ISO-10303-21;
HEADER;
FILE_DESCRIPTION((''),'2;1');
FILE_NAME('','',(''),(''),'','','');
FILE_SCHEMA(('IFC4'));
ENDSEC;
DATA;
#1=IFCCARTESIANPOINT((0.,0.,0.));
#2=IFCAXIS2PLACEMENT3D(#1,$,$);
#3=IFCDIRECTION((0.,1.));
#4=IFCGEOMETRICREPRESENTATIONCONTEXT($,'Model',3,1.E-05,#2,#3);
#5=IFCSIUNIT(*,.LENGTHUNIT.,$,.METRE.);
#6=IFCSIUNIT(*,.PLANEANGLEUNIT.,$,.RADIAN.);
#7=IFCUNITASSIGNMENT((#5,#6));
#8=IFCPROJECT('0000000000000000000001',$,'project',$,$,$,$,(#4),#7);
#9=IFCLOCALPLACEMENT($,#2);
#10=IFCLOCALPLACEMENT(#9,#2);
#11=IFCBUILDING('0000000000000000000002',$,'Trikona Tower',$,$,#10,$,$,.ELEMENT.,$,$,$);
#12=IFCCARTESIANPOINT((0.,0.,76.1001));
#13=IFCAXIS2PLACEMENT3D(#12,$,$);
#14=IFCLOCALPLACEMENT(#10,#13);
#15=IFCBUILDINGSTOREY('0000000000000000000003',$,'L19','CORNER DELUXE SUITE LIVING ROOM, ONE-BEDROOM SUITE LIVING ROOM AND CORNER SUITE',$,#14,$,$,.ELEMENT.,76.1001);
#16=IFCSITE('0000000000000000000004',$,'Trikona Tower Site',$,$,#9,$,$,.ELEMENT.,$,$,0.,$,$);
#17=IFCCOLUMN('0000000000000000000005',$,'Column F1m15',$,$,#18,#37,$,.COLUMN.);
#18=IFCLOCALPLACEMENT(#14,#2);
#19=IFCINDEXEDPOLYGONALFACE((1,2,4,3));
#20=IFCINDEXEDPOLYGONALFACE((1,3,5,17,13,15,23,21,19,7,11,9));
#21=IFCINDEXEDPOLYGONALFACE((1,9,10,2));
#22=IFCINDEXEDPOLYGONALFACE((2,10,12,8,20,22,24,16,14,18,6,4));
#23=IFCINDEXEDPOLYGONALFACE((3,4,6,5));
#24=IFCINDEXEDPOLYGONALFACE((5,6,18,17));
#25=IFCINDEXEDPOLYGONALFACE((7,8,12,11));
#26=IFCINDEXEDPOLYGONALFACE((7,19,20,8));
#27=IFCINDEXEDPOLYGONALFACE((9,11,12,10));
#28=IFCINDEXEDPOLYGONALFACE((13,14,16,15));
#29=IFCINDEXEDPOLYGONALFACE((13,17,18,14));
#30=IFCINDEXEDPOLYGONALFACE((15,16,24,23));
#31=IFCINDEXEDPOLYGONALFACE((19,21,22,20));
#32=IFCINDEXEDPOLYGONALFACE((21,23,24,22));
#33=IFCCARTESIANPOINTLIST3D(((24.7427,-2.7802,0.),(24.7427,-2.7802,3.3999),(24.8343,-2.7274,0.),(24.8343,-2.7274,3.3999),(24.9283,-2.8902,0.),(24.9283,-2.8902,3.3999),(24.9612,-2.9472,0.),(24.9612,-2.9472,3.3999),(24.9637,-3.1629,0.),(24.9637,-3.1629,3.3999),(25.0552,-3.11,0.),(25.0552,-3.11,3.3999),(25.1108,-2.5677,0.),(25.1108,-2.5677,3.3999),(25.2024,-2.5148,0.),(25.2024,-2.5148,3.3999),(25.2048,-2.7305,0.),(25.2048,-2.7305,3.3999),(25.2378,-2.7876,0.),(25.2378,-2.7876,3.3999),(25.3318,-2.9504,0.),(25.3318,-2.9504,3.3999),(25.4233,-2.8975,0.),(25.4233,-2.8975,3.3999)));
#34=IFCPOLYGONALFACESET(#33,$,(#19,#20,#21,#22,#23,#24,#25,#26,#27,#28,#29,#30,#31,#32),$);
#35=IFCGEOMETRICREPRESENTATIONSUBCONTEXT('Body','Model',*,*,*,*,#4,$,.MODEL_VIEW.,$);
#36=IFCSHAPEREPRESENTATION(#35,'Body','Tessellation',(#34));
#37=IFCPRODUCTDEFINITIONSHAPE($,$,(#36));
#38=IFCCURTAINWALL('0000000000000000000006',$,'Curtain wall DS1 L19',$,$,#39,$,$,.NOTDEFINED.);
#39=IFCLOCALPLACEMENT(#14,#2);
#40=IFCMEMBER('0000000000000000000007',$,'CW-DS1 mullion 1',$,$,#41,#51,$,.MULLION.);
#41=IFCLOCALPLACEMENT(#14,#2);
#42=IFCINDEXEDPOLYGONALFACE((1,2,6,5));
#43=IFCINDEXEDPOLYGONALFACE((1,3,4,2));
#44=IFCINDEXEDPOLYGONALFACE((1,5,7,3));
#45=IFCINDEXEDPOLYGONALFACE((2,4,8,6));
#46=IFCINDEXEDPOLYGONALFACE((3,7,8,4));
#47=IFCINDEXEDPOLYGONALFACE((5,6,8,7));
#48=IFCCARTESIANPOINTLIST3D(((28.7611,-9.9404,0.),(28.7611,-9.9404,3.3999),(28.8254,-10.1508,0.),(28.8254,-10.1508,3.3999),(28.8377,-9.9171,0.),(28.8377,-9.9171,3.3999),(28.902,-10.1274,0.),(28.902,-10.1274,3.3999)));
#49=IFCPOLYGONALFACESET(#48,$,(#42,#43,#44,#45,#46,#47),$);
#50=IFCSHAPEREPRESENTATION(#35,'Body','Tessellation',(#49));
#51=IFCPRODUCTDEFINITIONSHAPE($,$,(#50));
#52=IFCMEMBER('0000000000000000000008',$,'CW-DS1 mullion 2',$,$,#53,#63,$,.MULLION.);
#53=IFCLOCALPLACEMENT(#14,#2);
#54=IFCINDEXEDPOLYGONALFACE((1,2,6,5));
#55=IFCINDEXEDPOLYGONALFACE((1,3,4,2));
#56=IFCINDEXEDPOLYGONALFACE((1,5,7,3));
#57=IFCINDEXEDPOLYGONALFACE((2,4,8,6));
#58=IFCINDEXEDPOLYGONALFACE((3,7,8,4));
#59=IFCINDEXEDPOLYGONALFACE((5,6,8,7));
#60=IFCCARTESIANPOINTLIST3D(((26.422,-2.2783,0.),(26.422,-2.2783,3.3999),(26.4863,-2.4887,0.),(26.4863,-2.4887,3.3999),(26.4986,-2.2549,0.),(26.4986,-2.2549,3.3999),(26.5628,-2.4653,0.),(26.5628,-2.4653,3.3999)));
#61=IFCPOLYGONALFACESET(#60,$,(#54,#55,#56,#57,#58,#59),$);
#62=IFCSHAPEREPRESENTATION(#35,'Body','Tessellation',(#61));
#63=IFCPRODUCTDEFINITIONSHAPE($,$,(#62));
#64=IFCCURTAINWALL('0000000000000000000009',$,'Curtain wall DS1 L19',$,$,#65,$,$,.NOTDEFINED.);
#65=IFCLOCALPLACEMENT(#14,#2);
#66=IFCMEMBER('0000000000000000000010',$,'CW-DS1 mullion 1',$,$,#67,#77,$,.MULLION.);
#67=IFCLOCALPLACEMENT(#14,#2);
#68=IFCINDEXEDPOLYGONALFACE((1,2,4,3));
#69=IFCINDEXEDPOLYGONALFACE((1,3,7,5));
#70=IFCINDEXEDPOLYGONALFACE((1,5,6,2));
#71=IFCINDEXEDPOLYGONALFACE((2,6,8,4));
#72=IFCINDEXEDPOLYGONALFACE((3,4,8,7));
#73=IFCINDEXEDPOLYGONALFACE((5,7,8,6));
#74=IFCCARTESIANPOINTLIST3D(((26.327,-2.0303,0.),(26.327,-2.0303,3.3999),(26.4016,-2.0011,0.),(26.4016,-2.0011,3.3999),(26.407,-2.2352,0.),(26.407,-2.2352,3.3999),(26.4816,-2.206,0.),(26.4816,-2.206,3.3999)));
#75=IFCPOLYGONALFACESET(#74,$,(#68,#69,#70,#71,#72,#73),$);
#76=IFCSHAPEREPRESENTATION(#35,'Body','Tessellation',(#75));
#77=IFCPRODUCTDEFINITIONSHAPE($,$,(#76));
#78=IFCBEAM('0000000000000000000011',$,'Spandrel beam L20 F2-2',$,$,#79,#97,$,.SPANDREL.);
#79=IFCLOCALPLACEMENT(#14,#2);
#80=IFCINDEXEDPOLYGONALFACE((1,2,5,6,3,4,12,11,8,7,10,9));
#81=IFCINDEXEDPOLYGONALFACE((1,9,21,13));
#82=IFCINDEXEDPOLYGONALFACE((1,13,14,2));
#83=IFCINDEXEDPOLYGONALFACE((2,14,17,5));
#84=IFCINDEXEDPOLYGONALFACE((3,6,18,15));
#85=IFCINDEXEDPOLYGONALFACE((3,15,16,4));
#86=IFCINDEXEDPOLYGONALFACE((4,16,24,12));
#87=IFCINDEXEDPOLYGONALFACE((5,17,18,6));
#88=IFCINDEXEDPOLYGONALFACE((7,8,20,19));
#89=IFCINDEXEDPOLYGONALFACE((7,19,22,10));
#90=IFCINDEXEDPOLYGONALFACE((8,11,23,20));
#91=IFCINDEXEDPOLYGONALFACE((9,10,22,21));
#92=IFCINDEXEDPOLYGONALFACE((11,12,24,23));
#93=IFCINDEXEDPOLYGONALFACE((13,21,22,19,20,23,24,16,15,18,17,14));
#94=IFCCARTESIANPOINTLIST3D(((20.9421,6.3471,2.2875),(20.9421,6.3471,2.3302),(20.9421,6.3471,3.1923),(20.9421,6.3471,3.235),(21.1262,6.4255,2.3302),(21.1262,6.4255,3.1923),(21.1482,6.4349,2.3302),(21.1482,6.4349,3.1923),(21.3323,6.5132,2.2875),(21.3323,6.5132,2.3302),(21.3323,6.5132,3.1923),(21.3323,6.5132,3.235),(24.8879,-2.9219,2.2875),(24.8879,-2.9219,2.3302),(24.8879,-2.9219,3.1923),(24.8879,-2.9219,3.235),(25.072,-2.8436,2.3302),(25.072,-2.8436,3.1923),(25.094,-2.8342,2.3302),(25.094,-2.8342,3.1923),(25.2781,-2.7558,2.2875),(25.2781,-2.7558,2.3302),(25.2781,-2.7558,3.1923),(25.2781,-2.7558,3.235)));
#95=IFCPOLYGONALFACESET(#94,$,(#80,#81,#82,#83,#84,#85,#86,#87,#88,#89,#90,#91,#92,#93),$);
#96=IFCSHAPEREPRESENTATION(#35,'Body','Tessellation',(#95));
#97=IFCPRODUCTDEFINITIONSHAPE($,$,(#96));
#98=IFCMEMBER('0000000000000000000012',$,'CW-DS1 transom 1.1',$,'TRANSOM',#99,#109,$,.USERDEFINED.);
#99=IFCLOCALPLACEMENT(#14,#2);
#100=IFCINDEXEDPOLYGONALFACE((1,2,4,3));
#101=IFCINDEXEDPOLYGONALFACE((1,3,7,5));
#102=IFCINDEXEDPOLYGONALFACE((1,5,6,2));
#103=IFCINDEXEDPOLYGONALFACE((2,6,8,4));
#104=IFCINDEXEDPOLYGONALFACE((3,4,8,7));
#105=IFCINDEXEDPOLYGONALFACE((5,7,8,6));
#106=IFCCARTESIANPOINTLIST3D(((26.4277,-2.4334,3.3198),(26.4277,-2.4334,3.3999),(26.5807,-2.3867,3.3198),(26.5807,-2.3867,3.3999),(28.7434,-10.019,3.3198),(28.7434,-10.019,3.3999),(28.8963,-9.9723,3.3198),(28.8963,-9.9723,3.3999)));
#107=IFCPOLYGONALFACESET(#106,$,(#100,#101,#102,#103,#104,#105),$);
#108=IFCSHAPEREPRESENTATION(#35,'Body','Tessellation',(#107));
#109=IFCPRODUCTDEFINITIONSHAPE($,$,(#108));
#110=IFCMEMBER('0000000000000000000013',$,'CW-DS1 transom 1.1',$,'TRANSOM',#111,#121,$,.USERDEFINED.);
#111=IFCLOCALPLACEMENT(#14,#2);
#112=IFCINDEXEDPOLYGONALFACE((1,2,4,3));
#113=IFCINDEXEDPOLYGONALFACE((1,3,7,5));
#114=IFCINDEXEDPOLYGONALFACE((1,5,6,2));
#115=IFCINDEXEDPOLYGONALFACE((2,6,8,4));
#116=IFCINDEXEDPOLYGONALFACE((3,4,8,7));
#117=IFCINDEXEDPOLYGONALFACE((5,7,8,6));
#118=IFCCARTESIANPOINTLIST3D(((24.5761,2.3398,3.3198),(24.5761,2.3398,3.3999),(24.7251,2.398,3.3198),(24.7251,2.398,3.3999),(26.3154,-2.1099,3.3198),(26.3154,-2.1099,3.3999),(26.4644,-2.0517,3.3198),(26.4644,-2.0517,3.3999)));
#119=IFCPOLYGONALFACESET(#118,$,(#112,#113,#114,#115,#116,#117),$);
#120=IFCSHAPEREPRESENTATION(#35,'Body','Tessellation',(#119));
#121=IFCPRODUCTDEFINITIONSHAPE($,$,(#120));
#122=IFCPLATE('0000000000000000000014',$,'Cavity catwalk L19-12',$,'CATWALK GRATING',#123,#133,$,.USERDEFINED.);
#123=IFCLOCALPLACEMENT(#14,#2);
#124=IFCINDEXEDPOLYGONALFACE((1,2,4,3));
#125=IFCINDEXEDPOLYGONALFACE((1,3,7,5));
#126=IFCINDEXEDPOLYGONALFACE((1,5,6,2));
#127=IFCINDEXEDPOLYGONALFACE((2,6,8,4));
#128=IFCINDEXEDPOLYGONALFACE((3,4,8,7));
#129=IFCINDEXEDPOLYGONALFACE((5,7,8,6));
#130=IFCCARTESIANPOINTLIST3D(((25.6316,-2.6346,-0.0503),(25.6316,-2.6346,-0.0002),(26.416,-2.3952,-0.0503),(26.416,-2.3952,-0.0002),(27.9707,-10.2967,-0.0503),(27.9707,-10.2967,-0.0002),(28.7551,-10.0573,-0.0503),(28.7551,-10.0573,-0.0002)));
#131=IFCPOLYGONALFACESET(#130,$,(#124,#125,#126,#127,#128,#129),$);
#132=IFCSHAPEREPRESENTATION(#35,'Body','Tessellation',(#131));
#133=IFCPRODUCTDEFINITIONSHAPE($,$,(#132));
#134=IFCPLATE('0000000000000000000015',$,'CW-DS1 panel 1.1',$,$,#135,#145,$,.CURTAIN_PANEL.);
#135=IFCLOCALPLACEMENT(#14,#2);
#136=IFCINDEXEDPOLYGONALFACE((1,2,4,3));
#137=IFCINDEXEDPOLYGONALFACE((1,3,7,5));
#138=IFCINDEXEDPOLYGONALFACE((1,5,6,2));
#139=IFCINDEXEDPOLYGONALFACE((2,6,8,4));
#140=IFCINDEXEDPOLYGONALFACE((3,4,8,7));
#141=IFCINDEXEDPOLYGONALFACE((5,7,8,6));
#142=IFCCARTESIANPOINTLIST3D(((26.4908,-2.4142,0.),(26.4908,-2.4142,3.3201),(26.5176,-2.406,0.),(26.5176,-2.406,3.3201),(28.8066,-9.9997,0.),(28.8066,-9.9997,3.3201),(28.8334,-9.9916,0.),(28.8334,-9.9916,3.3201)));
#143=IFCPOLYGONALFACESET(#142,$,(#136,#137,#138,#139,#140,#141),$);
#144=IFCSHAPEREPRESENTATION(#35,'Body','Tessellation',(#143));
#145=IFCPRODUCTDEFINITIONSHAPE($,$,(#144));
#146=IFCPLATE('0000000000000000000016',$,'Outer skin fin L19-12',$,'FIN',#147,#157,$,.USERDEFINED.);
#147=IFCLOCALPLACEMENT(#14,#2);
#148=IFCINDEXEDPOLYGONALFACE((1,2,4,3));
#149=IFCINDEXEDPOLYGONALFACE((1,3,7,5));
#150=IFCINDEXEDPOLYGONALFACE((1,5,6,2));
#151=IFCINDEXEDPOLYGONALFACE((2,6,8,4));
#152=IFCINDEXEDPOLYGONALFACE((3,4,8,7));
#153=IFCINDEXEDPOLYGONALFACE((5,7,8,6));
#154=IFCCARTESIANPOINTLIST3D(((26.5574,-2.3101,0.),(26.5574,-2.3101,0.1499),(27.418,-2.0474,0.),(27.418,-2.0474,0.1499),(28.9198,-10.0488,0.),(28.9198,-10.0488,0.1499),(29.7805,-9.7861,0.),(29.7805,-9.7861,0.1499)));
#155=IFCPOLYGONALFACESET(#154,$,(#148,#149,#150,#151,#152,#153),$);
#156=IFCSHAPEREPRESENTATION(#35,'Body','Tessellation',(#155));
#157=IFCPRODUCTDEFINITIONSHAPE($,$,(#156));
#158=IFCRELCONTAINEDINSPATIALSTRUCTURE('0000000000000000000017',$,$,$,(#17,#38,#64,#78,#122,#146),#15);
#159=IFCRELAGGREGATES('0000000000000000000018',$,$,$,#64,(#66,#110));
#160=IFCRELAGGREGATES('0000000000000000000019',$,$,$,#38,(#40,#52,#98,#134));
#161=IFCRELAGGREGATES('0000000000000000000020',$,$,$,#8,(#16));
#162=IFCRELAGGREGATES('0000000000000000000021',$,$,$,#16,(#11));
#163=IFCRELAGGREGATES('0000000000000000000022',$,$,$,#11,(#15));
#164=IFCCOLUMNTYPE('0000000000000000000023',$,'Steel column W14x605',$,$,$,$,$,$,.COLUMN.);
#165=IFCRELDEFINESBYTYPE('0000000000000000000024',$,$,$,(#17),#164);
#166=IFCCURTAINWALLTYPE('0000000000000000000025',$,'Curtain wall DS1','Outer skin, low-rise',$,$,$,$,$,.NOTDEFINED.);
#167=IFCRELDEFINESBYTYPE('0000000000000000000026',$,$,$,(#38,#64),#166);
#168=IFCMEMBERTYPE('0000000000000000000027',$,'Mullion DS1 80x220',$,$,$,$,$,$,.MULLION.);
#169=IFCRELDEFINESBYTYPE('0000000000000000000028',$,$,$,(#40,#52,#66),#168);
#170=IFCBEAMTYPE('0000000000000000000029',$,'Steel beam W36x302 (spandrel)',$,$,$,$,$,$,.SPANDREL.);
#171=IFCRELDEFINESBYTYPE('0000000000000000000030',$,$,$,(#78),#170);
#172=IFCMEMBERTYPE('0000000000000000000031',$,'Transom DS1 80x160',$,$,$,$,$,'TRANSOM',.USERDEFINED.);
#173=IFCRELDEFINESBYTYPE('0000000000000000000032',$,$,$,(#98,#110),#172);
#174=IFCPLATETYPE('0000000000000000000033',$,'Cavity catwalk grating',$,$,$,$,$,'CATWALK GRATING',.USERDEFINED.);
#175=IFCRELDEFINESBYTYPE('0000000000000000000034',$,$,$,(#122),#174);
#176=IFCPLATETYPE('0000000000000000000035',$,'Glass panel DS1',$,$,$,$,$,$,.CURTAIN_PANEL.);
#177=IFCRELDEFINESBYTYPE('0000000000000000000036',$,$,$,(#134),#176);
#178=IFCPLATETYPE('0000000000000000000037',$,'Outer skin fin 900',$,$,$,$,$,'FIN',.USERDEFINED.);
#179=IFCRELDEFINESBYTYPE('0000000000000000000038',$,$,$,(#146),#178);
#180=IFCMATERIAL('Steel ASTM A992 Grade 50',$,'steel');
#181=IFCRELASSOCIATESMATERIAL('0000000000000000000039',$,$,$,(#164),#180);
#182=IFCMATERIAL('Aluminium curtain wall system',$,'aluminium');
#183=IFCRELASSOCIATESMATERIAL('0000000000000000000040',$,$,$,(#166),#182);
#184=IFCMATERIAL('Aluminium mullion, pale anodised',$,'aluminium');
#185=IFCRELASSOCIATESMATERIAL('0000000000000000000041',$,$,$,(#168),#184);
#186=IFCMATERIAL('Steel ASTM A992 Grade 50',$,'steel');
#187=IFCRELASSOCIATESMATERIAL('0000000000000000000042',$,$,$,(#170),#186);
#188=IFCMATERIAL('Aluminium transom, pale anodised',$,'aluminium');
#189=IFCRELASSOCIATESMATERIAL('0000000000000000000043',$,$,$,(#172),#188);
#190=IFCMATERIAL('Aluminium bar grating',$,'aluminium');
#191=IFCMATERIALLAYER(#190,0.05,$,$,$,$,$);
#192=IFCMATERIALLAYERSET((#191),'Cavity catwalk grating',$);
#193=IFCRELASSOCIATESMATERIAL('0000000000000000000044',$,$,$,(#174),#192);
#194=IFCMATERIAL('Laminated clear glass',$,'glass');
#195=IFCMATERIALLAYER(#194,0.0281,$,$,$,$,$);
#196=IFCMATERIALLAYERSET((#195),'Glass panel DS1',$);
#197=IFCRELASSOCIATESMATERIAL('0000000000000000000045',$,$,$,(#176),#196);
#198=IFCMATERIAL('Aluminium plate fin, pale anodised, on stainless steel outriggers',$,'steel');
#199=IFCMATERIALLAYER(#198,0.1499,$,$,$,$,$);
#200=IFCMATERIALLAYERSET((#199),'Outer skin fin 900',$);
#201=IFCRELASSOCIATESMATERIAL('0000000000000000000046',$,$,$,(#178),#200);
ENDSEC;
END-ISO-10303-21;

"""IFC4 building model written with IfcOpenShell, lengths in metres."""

from ifc_helpers import new_model, si_unit, direction, frame, origin, origin_2d, place, context, subcontext, project, spatial, rectangle, i_section, extrude, material, layer, layer_set, material_profile, profile_set, type_object, element, aggregate, save


model = new_model("IFC4")

# Units and contexts
model_context = context("Model", 3, precision=1e-05, world=origin(), true_north=direction((0.0, 1.0)))
body_context = subcontext(model_context, "Body", "Model", "MODEL_VIEW")
ifc_project = project(units=[si_unit("LENGTHUNIT", "METRE"), si_unit("PLANEANGLEUNIT", "RADIAN")], contexts=[model_context])

# Site, building, storey
site_placement = place(None, origin())
site = spatial("IfcSite", under=ifc_project, at=site_placement, Name="Trikona Tower Site", CompositionType="ELEMENT", RefElevation=0.0)
building_placement = place(site_placement, origin())
building = spatial("IfcBuilding", under=site, at=building_placement, Name="Trikona Tower", CompositionType="ELEMENT")
storey_placement = place(building_placement, frame((0.0, 0.0, 76.1001)))
storey = spatial("IfcBuildingStorey", under=building, at=storey_placement, Name="L19", Description="CORNER DELUXE SUITE LIVING ROOM, ONE-BEDROOM SUITE LIVING ROOM AND CORNER SUITE", CompositionType="ELEMENT", Elevation=76.1001)

# Column
ifc_material_1 = material(Name="Steel ASTM A992 Grade 50", Category="steel")
ifc_material_profile_1 = material_profile(ifc_material_1, i_section(OverallWidth=0.4419, OverallDepth=0.5308, WebThickness=0.0659, FlangeThickness=0.1057, at=origin_2d()), Name="W14X605")
ifc_profile_set_1 = profile_set([ifc_material_profile_1], Name="Steel ASTM A992 Grade 50")
column_type = type_object("IfcColumnType", Name="Steel column W14x605", PredefinedType="COLUMN", material=ifc_profile_set_1)
column_placement = place(storey_placement, frame((25.083, -2.8389, 0.0), z_axis=(0.0, 0.0, 1.0), x_axis=(-0.5, 0.866025, 0.0)))
element("IfcColumn", 1, at=column_placement, inside=storey, type_object=column_type, Name="Column F1m15", PredefinedType="COLUMN", context=body_context, shape_type="SweptSolid", body=[
    extrude(i_section(OverallWidth=0.4419, OverallDepth=0.5308, WebThickness=0.0659, FlangeThickness=0.1057, at=origin_2d()), origin(), (0.0, 0.0, 1.0), 3.3999),
])

# Curtain wall, members
ifc_material_2 = material(Name="Aluminium curtain wall system", Category="aluminium")
curtain_wall_type = type_object("IfcCurtainWallType", Name="Curtain wall DS1", Description="Outer skin, low-rise", PredefinedType="NOTDEFINED", material=ifc_material_2)
curtain_wall_1_placement = place(storey_placement, origin())
curtain_wall_1 = element("IfcCurtainWall", 2, at=curtain_wall_1_placement, inside=storey, type_object=curtain_wall_type, Name="Curtain wall DS1 L19", PredefinedType="NOTDEFINED")
ifc_material_3 = material(Name="Aluminium mullion, pale anodised", Category="aluminium")
ifc_material_profile_2 = material_profile(ifc_material_3, rectangle(XDim=0.0801, YDim=0.22, at=origin_2d()), Name="MUL-DS1")
ifc_profile_set_2 = profile_set([ifc_material_profile_2], Name="Aluminium mullion, pale anodised")
member_type_1 = type_object("IfcMemberType", Name="Mullion DS1 80x220", PredefinedType="MULLION", material=ifc_profile_set_2)
member_1_placement = place(storey_placement, frame((28.8315, -10.0339, 0.0), z_axis=(0.0, 0.0, 1.0), x_axis=(-0.956423, -0.291984, 0.0)))
member_1 = element("IfcMember", 3, at=member_1_placement, type_object=member_type_1, Name="CW-DS1 mullion 1", PredefinedType="MULLION", context=body_context, shape_type="SweptSolid", body=[
    extrude(rectangle(XDim=0.0801, YDim=0.22, at=origin_2d()), origin(), (0.0, 0.0, 1.0), 3.3999),
])
member_2_placement = place(storey_placement, frame((26.4924, -2.3718, 0.0), z_axis=(0.0, 0.0, 1.0), x_axis=(-0.956423, -0.291984, 0.0)))
member_2 = element("IfcMember", 4, at=member_2_placement, type_object=member_type_1, Name="CW-DS1 mullion 2", PredefinedType="MULLION", context=body_context, shape_type="SweptSolid", body=[
    extrude(rectangle(XDim=0.0801, YDim=0.22, at=origin_2d()), origin(), (0.0, 0.0, 1.0), 3.3999),
])

# Curtain wall, member
curtain_wall_2_placement = place(storey_placement, origin())
curtain_wall_2 = element("IfcCurtainWall", 5, at=curtain_wall_2_placement, inside=storey, type_object=curtain_wall_type, Name="Curtain wall DS1 L19", PredefinedType="NOTDEFINED")
member_3_placement = place(storey_placement, frame((26.4043, -2.1182, 0.0), z_axis=(0.0, 0.0, 1.0), x_axis=(-0.931396, -0.364008, 0.0)))
member_3 = element("IfcMember", 6, at=member_3_placement, type_object=member_type_1, Name="CW-DS1 mullion 1", PredefinedType="MULLION", context=body_context, shape_type="SweptSolid", body=[
    extrude(rectangle(XDim=0.0801, YDim=0.22, at=origin_2d()), origin(), (0.0, 0.0, 1.0), 3.3999),
])

# Beam
ifc_material_4 = material(Name="Steel ASTM A992 Grade 50", Category="steel")
ifc_material_profile_3 = material_profile(ifc_material_4, i_section(OverallWidth=0.4241, OverallDepth=0.9475, WebThickness=0.0239, FlangeThickness=0.0427, at=origin_2d()), Name="W36X302")
ifc_profile_set_3 = profile_set([ifc_material_profile_3], Name="Steel ASTM A992 Grade 50")
beam_type = type_object("IfcBeamType", Name="Steel beam W36x302 (spandrel)", PredefinedType="SPANDREL", material=ifc_profile_set_3)
beam_placement = place(storey_placement, frame((25.083, -2.8389, 2.7612), z_axis=(-0.391684, 0.9201, 0.0), x_axis=(-0.9201, -0.391684, 0.0)))
element("IfcBeam", 7, at=beam_placement, inside=storey, type_object=beam_type, Name="Spandrel beam L20 F2-2", PredefinedType="SPANDREL", context=body_context, shape_type="SweptSolid", body=[
    extrude(i_section(OverallWidth=0.4241, OverallDepth=0.9475, WebThickness=0.0239, FlangeThickness=0.0427, at=origin_2d()), origin(), (0.0, 0.0, 1.0), 10.074),
])

# Members
ifc_material_5 = material(Name="Aluminium transom, pale anodised", Category="aluminium")
ifc_material_profile_4 = material_profile(ifc_material_5, rectangle(XDim=0.1599, YDim=0.0801, at=origin_2d()), Name="TRN-DS1")
ifc_profile_set_4 = profile_set([ifc_material_profile_4], Name="Aluminium transom, pale anodised")
member_type_2 = type_object("IfcMemberType", Name="Transom DS1 80x160", ElementType="TRANSOM", PredefinedType="USERDEFINED", material=ifc_profile_set_4)
member_4_placement = place(storey_placement, frame((28.8198, -9.9956, 3.3599), z_axis=(-0.291967, 0.956428, 0.0), x_axis=(-0.956428, -0.291967, 0.0)))
member_4 = element("IfcMember", 8, at=member_4_placement, type_object=member_type_2, Name="CW-DS1 transom 1.1", ObjectType="TRANSOM", PredefinedType="USERDEFINED", context=body_context, shape_type="SweptSolid", body=[
    extrude(rectangle(XDim=0.1599, YDim=0.0801, at=origin_2d()), origin(), (0.0, 0.0, 1.0), 7.9312),
])
member_5_placement = place(storey_placement, frame((26.3899, -2.0808, 3.3599), z_axis=(-0.364049, 0.93138, 0.0), x_axis=(-0.93138, -0.364049, 0.0)))
member_5 = element("IfcMember", 9, at=member_5_placement, type_object=member_type_2, Name="CW-DS1 transom 1.1", ObjectType="TRANSOM", PredefinedType="USERDEFINED", context=body_context, shape_type="SweptSolid", body=[
    extrude(rectangle(XDim=0.1599, YDim=0.0801, at=origin_2d()), origin(), (0.0, 0.0, 1.0), 4.7776),
])
aggregate(curtain_wall_2, [member_3, member_5])

# Plates
ifc_material_6 = material(Name="Aluminium bar grating", Category="aluminium")
ifc_layer_1 = layer(ifc_material_6, 0.05)
ifc_layer_set_1 = layer_set([ifc_layer_1], Name="Cavity catwalk grating")
plate_type_1 = type_object("IfcPlateType", Name="Cavity catwalk grating", ElementType="CATWALK GRATING", PredefinedType="USERDEFINED", material=ifc_layer_set_1)
plate_1_placement = place(storey_placement, frame((27.1934, -6.3459, -0.0503), z_axis=(0.0, 0.0, 1.0), x_axis=(-0.291979, 0.956425, 0.0)))
element("IfcPlate", 10, at=plate_1_placement, inside=storey, type_object=plate_type_1, Name="Cavity catwalk L19-12", ObjectType="CATWALK GRATING", PredefinedType="USERDEFINED", context=body_context, shape_type="SweptSolid", body=[
    extrude(rectangle(XDim=8.0112, YDim=0.8201, at=origin_2d()), origin(), (0.0, 0.0, 1.0), 0.05),
])
ifc_material_7 = material(Name="Laminated clear glass", Category="glass")
ifc_layer_2 = layer(ifc_material_7, 0.0281)
ifc_layer_set_2 = layer_set([ifc_layer_2], Name="Glass panel DS1")
plate_type_2 = type_object("IfcPlateType", Name="Glass panel DS1", PredefinedType="CURTAIN_PANEL", material=ifc_layer_set_2)
plate_2_placement = place(storey_placement, frame((27.6621, -6.2029, 0.0), z_axis=(0.0, 0.0, 1.0), x_axis=(-0.291984, 0.956423, 0.0)))
plate_2 = element("IfcPlate", 11, at=plate_2_placement, type_object=plate_type_2, Name="CW-DS1 panel 1.1", PredefinedType="CURTAIN_PANEL", context=body_context, shape_type="SweptSolid", body=[
    extrude(rectangle(XDim=7.9312, YDim=0.0281, at=origin_2d()), origin(), (0.0, 0.0, 1.0), 3.3201),
])
aggregate(curtain_wall_1, [member_1, member_2, member_4, plate_2])
ifc_material_8 = material(Name="Aluminium plate fin, pale anodised, on stainless steel outriggers", Category="steel")
ifc_layer_3 = layer(ifc_material_8, 0.1499)
ifc_layer_set_3 = layer_set([ifc_layer_3], Name="Outer skin fin 900")
plate_type_3 = type_object("IfcPlateType", Name="Outer skin fin 900", ElementType="FIN", PredefinedType="USERDEFINED", material=ifc_layer_set_3)
plate_3_placement = place(storey_placement, frame((28.1689, -6.0481, 0.0), z_axis=(0.0, 0.0, 1.0), x_axis=(-0.291979, 0.956425, 0.0)))
element("IfcPlate", 12, at=plate_3_placement, inside=storey, type_object=plate_type_3, Name="Outer skin fin L19-12", ObjectType="FIN", PredefinedType="USERDEFINED", context=body_context, shape_type="SweptSolid", body=[
    extrude(rectangle(XDim=8.0913, YDim=0.8999, at=origin_2d()), origin(), (0.0, 0.0, 1.0), 0.1499),
])

save(model, "model.ifc")
